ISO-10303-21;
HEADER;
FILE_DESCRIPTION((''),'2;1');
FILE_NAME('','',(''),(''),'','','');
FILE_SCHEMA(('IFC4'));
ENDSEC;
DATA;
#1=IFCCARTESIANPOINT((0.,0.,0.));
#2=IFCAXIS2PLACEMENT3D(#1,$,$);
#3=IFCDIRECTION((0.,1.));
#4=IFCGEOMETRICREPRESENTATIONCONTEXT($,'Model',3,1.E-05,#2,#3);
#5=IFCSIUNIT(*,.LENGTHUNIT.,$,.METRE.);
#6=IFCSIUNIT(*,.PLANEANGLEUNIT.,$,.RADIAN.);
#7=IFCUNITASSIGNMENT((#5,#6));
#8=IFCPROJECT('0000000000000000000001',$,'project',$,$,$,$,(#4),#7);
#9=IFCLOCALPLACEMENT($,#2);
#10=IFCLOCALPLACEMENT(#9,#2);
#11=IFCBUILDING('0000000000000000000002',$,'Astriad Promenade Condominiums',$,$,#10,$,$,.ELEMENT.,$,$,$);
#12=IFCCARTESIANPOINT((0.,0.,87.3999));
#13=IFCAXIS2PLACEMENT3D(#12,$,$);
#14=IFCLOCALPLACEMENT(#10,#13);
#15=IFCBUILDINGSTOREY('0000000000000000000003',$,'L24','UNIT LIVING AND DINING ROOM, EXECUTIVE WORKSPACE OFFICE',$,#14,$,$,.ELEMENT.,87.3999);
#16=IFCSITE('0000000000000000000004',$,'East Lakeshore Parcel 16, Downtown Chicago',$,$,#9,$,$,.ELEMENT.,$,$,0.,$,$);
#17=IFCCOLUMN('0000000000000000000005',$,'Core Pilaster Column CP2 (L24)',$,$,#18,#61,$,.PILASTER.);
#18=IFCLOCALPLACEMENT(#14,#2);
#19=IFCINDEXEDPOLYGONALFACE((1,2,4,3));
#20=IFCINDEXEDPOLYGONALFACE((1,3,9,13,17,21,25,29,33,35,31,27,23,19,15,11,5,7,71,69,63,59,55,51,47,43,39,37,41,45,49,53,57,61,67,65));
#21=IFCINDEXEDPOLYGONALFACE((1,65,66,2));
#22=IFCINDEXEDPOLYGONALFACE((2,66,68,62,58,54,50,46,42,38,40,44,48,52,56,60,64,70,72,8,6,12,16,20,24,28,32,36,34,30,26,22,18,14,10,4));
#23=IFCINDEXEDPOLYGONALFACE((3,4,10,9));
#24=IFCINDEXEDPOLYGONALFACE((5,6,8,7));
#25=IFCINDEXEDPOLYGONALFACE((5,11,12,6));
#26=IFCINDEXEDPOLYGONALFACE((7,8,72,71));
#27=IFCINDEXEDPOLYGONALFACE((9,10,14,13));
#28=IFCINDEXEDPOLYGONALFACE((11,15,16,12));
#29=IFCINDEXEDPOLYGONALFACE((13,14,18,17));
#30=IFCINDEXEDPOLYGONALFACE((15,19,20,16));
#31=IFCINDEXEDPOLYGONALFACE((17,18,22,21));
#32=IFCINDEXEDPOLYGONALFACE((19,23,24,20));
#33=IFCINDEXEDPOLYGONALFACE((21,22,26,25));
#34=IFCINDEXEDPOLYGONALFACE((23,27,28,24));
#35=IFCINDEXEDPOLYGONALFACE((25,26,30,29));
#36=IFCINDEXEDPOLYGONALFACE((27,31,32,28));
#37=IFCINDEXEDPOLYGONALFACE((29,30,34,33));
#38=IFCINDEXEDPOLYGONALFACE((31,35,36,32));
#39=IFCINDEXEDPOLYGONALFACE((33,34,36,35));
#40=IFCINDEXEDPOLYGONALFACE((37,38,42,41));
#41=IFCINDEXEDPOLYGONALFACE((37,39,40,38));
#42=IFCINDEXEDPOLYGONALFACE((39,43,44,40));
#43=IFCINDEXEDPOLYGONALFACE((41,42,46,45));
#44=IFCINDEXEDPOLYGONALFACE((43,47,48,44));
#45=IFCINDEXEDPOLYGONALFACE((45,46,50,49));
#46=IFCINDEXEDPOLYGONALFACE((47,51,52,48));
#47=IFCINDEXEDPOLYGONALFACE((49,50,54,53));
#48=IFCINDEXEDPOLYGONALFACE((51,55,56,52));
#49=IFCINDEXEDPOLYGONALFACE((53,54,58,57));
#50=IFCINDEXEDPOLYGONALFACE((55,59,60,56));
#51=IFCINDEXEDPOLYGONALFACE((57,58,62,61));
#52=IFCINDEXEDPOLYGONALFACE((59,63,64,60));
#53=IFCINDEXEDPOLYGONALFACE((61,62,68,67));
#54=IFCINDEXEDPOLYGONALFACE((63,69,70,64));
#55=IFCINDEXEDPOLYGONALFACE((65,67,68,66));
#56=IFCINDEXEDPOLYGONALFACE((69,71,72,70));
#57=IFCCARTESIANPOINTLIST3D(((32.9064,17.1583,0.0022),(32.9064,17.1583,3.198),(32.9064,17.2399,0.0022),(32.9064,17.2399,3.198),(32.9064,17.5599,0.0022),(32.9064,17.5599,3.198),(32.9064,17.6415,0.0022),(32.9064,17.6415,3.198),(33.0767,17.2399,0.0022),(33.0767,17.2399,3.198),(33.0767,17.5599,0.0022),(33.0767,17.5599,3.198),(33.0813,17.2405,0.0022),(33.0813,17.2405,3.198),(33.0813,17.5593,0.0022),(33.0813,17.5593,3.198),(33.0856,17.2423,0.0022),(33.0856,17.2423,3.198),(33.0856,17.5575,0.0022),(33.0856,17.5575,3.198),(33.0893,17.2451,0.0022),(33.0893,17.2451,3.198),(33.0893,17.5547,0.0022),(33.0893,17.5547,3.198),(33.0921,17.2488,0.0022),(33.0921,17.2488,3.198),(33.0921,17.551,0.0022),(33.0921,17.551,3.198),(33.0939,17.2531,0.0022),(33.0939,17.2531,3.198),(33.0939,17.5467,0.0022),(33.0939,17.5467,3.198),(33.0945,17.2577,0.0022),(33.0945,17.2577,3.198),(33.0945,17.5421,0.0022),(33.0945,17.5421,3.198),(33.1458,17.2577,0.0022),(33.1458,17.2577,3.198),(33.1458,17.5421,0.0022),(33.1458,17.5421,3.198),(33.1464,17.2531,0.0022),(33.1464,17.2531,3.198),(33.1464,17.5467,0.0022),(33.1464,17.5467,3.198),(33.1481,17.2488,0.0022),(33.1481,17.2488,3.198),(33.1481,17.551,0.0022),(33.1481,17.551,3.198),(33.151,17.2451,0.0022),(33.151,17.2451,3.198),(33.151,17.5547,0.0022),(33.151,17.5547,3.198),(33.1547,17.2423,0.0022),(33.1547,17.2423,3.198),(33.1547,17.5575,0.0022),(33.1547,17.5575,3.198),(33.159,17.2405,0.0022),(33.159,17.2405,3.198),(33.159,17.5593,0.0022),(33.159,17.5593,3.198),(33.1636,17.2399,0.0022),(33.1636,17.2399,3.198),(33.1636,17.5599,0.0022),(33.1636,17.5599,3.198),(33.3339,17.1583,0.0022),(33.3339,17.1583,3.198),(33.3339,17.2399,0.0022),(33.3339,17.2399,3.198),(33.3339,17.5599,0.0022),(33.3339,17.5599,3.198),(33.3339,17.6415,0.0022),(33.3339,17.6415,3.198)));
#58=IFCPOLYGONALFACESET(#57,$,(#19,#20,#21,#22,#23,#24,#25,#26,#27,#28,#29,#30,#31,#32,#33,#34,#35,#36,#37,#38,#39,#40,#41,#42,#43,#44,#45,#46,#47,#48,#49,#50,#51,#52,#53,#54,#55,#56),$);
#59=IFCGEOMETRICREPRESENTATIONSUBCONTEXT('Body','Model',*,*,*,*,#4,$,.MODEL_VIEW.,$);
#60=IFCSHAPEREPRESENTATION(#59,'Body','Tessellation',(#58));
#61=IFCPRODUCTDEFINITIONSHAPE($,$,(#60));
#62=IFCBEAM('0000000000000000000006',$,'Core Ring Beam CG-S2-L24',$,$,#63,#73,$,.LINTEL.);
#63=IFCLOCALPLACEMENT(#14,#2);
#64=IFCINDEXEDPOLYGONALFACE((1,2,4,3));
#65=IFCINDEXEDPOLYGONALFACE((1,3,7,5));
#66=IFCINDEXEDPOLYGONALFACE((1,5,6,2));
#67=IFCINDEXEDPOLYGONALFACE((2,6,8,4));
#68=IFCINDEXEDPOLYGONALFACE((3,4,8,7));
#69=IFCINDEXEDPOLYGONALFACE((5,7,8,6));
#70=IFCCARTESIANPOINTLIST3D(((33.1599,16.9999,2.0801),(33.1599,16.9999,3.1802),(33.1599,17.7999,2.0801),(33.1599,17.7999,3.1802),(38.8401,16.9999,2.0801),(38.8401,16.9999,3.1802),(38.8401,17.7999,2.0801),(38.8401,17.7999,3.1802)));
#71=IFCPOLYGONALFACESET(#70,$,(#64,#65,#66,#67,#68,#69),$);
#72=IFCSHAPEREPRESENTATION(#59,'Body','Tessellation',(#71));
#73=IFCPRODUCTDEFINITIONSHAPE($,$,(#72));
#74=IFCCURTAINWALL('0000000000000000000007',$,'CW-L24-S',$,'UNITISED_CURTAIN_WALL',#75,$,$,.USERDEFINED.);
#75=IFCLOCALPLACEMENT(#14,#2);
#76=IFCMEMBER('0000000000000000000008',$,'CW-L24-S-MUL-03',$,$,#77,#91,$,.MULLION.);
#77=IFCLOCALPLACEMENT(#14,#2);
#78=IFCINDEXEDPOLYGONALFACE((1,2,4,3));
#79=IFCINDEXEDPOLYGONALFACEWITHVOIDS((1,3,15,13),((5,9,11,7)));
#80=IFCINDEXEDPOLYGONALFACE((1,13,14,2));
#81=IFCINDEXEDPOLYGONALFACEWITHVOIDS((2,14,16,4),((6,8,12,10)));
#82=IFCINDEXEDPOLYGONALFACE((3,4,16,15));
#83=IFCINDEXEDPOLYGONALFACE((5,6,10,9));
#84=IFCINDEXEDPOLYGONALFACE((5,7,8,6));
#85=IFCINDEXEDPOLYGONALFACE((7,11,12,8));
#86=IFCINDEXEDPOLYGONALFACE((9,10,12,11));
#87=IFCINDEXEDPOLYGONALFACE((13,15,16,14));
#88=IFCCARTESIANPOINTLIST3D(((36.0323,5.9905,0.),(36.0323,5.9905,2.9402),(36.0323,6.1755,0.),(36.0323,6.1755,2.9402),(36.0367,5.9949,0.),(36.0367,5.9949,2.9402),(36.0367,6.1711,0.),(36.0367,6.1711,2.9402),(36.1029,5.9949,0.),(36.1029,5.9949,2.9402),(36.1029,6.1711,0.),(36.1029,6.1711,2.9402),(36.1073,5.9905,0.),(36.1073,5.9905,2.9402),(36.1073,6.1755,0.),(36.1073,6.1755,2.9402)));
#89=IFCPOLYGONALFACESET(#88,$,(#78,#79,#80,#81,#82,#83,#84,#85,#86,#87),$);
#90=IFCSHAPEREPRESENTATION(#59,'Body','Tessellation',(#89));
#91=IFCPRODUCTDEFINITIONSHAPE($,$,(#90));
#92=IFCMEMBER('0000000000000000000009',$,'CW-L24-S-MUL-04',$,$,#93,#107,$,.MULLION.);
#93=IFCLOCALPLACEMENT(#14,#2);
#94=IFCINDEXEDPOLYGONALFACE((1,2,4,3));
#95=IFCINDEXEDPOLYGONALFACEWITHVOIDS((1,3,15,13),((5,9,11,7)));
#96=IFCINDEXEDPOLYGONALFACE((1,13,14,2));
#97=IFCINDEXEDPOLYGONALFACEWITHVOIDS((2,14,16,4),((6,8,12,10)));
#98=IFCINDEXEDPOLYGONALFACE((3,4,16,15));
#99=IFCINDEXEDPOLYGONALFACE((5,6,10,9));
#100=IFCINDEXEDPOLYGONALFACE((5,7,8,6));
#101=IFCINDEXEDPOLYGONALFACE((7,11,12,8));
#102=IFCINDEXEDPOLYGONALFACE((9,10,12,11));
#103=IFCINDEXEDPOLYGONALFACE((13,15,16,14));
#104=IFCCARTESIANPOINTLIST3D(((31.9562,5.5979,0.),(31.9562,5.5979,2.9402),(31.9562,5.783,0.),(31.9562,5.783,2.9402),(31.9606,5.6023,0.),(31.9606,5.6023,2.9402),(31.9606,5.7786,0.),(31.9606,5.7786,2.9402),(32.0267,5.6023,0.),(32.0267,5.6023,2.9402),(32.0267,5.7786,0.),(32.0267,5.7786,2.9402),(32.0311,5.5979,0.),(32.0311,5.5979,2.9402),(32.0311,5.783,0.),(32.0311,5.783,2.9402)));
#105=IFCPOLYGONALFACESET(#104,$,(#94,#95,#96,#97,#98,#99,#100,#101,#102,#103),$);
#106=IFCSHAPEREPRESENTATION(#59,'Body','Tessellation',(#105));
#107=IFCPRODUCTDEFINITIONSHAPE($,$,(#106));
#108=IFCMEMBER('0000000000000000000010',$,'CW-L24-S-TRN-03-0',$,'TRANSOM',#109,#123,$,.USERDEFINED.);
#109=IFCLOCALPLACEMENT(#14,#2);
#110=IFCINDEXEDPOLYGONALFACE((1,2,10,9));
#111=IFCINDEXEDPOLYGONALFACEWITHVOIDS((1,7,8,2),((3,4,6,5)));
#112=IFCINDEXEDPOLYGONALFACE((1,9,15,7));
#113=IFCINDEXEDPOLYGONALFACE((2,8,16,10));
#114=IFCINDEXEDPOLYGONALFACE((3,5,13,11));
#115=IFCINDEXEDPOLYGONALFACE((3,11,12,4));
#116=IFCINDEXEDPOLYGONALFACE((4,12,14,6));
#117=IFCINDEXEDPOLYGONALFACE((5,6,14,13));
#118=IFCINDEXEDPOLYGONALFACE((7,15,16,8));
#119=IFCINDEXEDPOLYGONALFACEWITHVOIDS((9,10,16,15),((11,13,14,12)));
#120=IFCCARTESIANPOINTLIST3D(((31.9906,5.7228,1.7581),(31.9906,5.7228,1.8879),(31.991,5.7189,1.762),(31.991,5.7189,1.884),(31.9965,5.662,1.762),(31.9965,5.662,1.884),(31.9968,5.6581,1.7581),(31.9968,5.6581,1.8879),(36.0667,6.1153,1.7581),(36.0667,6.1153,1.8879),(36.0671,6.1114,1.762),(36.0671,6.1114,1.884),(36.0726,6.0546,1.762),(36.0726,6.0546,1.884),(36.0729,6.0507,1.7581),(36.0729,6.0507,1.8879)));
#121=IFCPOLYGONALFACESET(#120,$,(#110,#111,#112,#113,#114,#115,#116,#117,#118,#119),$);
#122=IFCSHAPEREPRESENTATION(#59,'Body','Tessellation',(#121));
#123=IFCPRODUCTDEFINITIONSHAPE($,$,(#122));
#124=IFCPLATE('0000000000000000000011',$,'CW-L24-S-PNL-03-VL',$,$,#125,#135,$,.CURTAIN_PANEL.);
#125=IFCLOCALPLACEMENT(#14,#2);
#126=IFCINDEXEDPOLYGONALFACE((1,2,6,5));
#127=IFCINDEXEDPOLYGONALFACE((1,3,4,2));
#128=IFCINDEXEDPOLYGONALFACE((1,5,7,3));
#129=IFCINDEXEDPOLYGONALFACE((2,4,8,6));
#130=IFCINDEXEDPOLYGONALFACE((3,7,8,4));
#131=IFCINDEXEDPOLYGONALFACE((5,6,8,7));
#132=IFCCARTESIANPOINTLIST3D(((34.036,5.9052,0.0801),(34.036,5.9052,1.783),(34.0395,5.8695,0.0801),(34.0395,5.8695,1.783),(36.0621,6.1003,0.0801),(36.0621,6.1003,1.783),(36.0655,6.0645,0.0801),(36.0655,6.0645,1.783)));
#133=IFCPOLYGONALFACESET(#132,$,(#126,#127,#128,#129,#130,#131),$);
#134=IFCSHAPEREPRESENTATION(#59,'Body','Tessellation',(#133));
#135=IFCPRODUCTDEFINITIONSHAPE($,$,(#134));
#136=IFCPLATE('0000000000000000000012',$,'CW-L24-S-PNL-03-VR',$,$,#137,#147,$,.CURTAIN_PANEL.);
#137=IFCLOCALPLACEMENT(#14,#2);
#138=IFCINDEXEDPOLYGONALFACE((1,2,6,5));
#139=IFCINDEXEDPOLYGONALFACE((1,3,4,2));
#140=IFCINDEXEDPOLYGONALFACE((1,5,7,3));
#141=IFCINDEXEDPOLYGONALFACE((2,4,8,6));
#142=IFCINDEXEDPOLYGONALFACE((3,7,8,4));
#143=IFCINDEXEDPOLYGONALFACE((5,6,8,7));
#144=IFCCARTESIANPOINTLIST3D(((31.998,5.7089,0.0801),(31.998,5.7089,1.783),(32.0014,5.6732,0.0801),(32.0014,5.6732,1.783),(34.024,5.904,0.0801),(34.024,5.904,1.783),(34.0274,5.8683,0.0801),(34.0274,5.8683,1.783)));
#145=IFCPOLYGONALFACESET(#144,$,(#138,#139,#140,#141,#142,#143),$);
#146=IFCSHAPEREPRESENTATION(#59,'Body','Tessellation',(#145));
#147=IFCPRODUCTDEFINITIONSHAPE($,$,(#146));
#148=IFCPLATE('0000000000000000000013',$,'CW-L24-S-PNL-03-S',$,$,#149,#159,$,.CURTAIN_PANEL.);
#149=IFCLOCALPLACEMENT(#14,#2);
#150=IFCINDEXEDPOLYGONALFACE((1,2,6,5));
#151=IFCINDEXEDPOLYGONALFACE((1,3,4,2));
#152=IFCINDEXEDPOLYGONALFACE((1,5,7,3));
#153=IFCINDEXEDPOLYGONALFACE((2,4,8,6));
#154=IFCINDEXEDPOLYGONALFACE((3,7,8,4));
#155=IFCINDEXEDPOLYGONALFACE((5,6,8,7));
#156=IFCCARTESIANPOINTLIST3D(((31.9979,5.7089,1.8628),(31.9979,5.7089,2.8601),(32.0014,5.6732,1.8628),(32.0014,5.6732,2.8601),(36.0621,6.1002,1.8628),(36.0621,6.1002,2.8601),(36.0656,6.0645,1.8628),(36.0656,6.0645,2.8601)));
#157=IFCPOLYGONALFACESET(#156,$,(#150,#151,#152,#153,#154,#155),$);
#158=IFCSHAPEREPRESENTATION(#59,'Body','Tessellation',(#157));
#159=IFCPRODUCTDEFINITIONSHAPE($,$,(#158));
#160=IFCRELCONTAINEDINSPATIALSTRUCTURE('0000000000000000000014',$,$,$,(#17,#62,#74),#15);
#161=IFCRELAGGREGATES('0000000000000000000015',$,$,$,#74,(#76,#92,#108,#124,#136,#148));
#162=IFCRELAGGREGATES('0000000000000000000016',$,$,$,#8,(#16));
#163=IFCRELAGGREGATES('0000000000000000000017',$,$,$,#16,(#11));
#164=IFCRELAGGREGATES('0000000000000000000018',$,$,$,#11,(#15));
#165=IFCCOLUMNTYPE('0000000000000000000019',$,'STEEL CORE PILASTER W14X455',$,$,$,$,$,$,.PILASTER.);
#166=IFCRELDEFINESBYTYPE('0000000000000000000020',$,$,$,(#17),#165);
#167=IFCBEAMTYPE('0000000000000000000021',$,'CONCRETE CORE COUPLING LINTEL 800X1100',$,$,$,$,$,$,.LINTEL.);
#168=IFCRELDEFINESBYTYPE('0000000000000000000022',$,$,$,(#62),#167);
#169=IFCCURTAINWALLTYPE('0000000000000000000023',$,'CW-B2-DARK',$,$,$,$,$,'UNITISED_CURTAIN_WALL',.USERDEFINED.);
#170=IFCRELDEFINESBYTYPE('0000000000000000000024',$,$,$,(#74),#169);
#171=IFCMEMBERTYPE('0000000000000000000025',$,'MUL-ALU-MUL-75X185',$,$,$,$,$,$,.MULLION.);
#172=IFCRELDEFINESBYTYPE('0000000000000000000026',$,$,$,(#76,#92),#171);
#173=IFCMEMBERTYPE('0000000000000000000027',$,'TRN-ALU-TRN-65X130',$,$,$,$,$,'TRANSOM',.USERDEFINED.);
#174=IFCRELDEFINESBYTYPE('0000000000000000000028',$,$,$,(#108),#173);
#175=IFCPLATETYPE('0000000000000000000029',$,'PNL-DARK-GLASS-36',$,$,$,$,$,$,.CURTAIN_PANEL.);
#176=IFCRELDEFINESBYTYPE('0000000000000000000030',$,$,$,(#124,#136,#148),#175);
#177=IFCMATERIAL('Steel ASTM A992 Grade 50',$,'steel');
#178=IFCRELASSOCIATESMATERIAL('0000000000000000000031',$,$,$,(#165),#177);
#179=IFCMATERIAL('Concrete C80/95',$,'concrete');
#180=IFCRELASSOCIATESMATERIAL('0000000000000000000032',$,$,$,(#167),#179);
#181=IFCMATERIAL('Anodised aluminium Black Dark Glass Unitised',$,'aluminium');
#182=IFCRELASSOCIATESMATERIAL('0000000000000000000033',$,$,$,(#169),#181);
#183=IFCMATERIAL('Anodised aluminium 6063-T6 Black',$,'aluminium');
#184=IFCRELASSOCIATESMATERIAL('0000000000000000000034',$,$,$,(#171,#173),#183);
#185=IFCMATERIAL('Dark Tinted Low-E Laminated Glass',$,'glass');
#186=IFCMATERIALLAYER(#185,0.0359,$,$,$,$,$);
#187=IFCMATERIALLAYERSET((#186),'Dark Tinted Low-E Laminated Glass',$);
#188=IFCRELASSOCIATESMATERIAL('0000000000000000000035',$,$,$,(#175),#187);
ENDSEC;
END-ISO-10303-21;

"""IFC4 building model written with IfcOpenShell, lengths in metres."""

from ifc_helpers import new_model, si_unit, direction, frame, origin, origin_2d, place, context, subcontext, project, spatial, rectangle, hollow_rectangle, i_section, extrude, source, transform, mapped, material, layer, layer_set, material_profile, profile_set, type_object, type_shapes, element, aggregate, save


model = new_model("IFC4")

# Units and contexts
model_context = context("Model", 3, precision=1e-05, world=origin(), true_north=direction((0.0, 1.0)))
body_context = subcontext(model_context, "Body", "Model", "MODEL_VIEW")
ifc_project = project(units=[si_unit("LENGTHUNIT", "METRE"), si_unit("PLANEANGLEUNIT", "RADIAN")], contexts=[model_context])

# Site, building, storey
site_placement = place(None, origin())
site = spatial("IfcSite", under=ifc_project, at=site_placement, Name="East Lakeshore Parcel 16, Downtown Chicago", CompositionType="ELEMENT", RefElevation=0.0)
building_placement = place(site_placement, origin())
building = spatial("IfcBuilding", under=site, at=building_placement, Name="Astriad Promenade Condominiums", CompositionType="ELEMENT")
storey_placement = place(building_placement, frame((0.0, 0.0, 87.3999)))
storey = spatial("IfcBuildingStorey", under=building, at=storey_placement, Name="L24", Description="UNIT LIVING AND DINING ROOM, EXECUTIVE WORKSPACE OFFICE", CompositionType="ELEMENT", Elevation=87.3999)

# Column
ifc_material_1 = material(Name="Steel ASTM A992 Grade 50", Category="steel")
ifc_material_profile_1 = material_profile(ifc_material_1, i_section(OverallWidth=0.4275, OverallDepth=0.4832, WebThickness=0.0513, FlangeThickness=0.0815, FilletRadius=0.0178, at=origin_2d()), Name="W14X455")
ifc_profile_set_1 = profile_set([ifc_material_profile_1], Name="Steel ASTM A992 Grade 50")
column_type = type_object("IfcColumnType", Name="STEEL CORE PILASTER W14X455", PredefinedType="PILASTER", material=ifc_profile_set_1)
shared_shape_1 = source(origin(), body_context, "Body", "SweptSolid", [
    extrude(i_section(OverallWidth=0.4275, OverallDepth=0.4832, WebThickness=0.0513, FlangeThickness=0.0815, FilletRadius=0.0178, at=origin_2d()), origin(), (0.0, 0.0, 1.0), 3.1958),
])
type_shapes(column_type, [shared_shape_1])
column_placement = place(storey_placement, frame((33.1201, 17.3999, 0.0022), z_axis=(0.0, 0.0, 1.0), x_axis=(1.0, 0.0, 0.0)))
element("IfcColumn", 1, at=column_placement, inside=storey, type_object=column_type, Name="Core Pilaster Column CP2 (L24)", PredefinedType="PILASTER", context=body_context, shape_type="MappedRepresentation", body=[
    mapped(shared_shape_1, transform((0.0, 0.0, 0.0), scale=1.0)),
])

# Beam
ifc_material_2 = material(Name="Concrete C80/95", Category="concrete")
ifc_material_profile_2 = material_profile(ifc_material_2, rectangle(XDim=0.8, YDim=1.1001, at=origin_2d()), Name="RC-BM-800X1100")
ifc_profile_set_2 = profile_set([ifc_material_profile_2], Name="Concrete C80/95")
beam_type = type_object("IfcBeamType", Name="CONCRETE CORE COUPLING LINTEL 800X1100", PredefinedType="LINTEL", material=ifc_profile_set_2)
shared_shape_2 = source(origin(), body_context, "Body", "SweptSolid", [
    extrude(rectangle(XDim=0.8, YDim=1.1001, at=origin_2d()), origin(), (0.0, 0.0, 1.0), 5.6802),
])
type_shapes(beam_type, [shared_shape_2])
beam_placement = place(storey_placement, frame((33.1599, 17.3999, 2.6301), z_axis=(1.0, 0.0, 0.0), x_axis=(0.0, 1.0, 0.0)))
element("IfcBeam", 2, at=beam_placement, inside=storey, type_object=beam_type, Name="Core Ring Beam CG-S2-L24", PredefinedType="LINTEL", context=body_context, shape_type="MappedRepresentation", body=[
    mapped(shared_shape_2, transform((0.0, 0.0, 0.0), scale=1.0)),
])

# Curtain wall, members, plates
ifc_material_3 = material(Name="Anodised aluminium Black Dark Glass Unitised", Category="aluminium")
curtain_wall_type = type_object("IfcCurtainWallType", Name="CW-B2-DARK", ElementType="UNITISED_CURTAIN_WALL", PredefinedType="USERDEFINED", material=ifc_material_3)
curtain_wall_placement = place(storey_placement, origin())
curtain_wall = element("IfcCurtainWall", 3, at=curtain_wall_placement, inside=storey, type_object=curtain_wall_type, Name="CW-L24-S", ObjectType="UNITISED_CURTAIN_WALL", PredefinedType="USERDEFINED")
ifc_material_4 = material(Name="Anodised aluminium 6063-T6 Black", Category="aluminium")
ifc_material_profile_3 = material_profile(ifc_material_4, hollow_rectangle(XDim=0.075, YDim=0.1851, WallThickness=0.0044, at=origin_2d()), Name="ALU-MUL-75X185")
ifc_profile_set_3 = profile_set([ifc_material_profile_3], Name="Anodised aluminium 6063-T6 Black")
member_type_1 = type_object("IfcMemberType", Name="MUL-ALU-MUL-75X185", PredefinedType="MULLION", material=ifc_profile_set_3)
shared_shape_3 = source(origin(), body_context, "Body", "SweptSolid", [
    extrude(hollow_rectangle(XDim=0.075, YDim=0.1851, WallThickness=0.0044, at=origin_2d()), origin(), (0.0, 0.0, 1.0), 2.9402),
])
type_shapes(member_type_1, [shared_shape_3])
member_1_placement = place(storey_placement, frame((36.0698, 6.083, 0.0), z_axis=(0.0, 0.0, 1.0), x_axis=(1.0, 0.0, 0.0)))
member_1 = element("IfcMember", 4, at=member_1_placement, type_object=member_type_1, Name="CW-L24-S-MUL-03", PredefinedType="MULLION", context=body_context, shape_type="MappedRepresentation", body=[
    mapped(shared_shape_3, transform((0.0, 0.0, 0.0), scale=1.0)),
])
member_2_placement = place(storey_placement, frame((31.9937, 5.6904, 0.0), z_axis=(0.0, 0.0, 1.0), x_axis=(1.0, 0.0, 0.0)))
member_2 = element("IfcMember", 5, at=member_2_placement, type_object=member_type_1, Name="CW-L24-S-MUL-04", PredefinedType="MULLION", context=body_context, shape_type="MappedRepresentation", body=[
    mapped(shared_shape_3, transform((0.0, 0.0, 0.0), scale=1.0)),
])
ifc_material_profile_4 = material_profile(ifc_material_4, hollow_rectangle(XDim=0.0649, YDim=0.1299, WallThickness=0.0039, at=origin_2d()), Name="ALU-TRN-65X130")
ifc_profile_set_4 = profile_set([ifc_material_profile_4], Name="Anodised aluminium 6063-T6 Black")
member_type_2 = type_object("IfcMemberType", Name="TRN-ALU-TRN-65X130", ElementType="TRANSOM", PredefinedType="USERDEFINED", material=ifc_profile_set_4)
shared_shape_4 = source(origin(), body_context, "Body", "SweptSolid", [
    extrude(hollow_rectangle(XDim=0.0649, YDim=0.1299, WallThickness=0.0039, at=origin_2d()), origin(), (0.0, 0.0, 1.0), 4.095),
])
type_shapes(member_type_2, [shared_shape_4])
member_3_placement = place(storey_placement, frame((36.0698, 6.083, 1.823), z_axis=(-0.995394, -0.095867, 0.0), x_axis=(0.095867, -0.995394, 0.0)))
member_3 = element("IfcMember", 6, at=member_3_placement, type_object=member_type_2, Name="CW-L24-S-TRN-03-0", ObjectType="TRANSOM", PredefinedType="USERDEFINED", context=body_context, shape_type="MappedRepresentation", body=[
    mapped(shared_shape_4, transform((0.0, 0.0, 0.0), scale=1.0)),
])
ifc_material_5 = material(Name="Dark Tinted Low-E Laminated Glass", Category="glass")
ifc_layer_1 = layer(ifc_material_5, 0.0359)
ifc_layer_set_1 = layer_set([ifc_layer_1], Name="Dark Tinted Low-E Laminated Glass")
plate_type = type_object("IfcPlateType", Name="PNL-DARK-GLASS-36", PredefinedType="CURTAIN_PANEL", material=ifc_layer_set_1)
shared_shape_5 = source(origin(), body_context, "Body", "SweptSolid", [
    extrude(rectangle(XDim=2.0354, YDim=0.0359, at=origin_2d()), origin(), (0.0, 0.0, 1.0), 1.7029),
])
plate_1_placement = place(storey_placement, frame((35.0508, 5.9849, 0.0801), z_axis=(0.0, 0.0, 1.0), x_axis=(-0.995396, -0.095846, 0.0)))
plate_1 = element("IfcPlate", 7, at=plate_1_placement, type_object=plate_type, Name="CW-L24-S-PNL-03-VL", PredefinedType="CURTAIN_PANEL", context=body_context, shape_type="MappedRepresentation", body=[
    mapped(shared_shape_5, transform((0.0, 0.0, 0.0), scale=1.0)),
])
plate_2_placement = place(storey_placement, frame((33.0127, 5.7886, 0.0801), z_axis=(0.0, 0.0, 1.0), x_axis=(-0.995396, -0.095846, 0.0)))
plate_2 = element("IfcPlate", 8, at=plate_2_placement, type_object=plate_type, Name="CW-L24-S-PNL-03-VR", PredefinedType="CURTAIN_PANEL", context=body_context, shape_type="MappedRepresentation", body=[
    mapped(shared_shape_5, transform((0.0, 0.0, 0.0), scale=1.0)),
])
shared_shape_6 = source(origin(), body_context, "Body", "SweptSolid", [
    extrude(rectangle(XDim=4.083, YDim=0.0359, at=origin_2d()), origin(), (0.0, 0.0, 1.0), 0.9973),
])
type_shapes(plate_type, [shared_shape_5, shared_shape_6])
plate_3_placement = place(storey_placement, frame((34.0317, 5.8867, 1.8628), z_axis=(0.0, 0.0, 1.0), x_axis=(-0.995396, -0.095846, 0.0)))
plate_3 = element("IfcPlate", 9, at=plate_3_placement, type_object=plate_type, Name="CW-L24-S-PNL-03-S", PredefinedType="CURTAIN_PANEL", context=body_context, shape_type="MappedRepresentation", body=[
    mapped(shared_shape_6, transform((0.0, 0.0, 0.0), scale=1.0)),
])
aggregate(curtain_wall, [member_1, member_2, member_3, plate_1, plate_2, plate_3])

save(model, "model.ifc")
